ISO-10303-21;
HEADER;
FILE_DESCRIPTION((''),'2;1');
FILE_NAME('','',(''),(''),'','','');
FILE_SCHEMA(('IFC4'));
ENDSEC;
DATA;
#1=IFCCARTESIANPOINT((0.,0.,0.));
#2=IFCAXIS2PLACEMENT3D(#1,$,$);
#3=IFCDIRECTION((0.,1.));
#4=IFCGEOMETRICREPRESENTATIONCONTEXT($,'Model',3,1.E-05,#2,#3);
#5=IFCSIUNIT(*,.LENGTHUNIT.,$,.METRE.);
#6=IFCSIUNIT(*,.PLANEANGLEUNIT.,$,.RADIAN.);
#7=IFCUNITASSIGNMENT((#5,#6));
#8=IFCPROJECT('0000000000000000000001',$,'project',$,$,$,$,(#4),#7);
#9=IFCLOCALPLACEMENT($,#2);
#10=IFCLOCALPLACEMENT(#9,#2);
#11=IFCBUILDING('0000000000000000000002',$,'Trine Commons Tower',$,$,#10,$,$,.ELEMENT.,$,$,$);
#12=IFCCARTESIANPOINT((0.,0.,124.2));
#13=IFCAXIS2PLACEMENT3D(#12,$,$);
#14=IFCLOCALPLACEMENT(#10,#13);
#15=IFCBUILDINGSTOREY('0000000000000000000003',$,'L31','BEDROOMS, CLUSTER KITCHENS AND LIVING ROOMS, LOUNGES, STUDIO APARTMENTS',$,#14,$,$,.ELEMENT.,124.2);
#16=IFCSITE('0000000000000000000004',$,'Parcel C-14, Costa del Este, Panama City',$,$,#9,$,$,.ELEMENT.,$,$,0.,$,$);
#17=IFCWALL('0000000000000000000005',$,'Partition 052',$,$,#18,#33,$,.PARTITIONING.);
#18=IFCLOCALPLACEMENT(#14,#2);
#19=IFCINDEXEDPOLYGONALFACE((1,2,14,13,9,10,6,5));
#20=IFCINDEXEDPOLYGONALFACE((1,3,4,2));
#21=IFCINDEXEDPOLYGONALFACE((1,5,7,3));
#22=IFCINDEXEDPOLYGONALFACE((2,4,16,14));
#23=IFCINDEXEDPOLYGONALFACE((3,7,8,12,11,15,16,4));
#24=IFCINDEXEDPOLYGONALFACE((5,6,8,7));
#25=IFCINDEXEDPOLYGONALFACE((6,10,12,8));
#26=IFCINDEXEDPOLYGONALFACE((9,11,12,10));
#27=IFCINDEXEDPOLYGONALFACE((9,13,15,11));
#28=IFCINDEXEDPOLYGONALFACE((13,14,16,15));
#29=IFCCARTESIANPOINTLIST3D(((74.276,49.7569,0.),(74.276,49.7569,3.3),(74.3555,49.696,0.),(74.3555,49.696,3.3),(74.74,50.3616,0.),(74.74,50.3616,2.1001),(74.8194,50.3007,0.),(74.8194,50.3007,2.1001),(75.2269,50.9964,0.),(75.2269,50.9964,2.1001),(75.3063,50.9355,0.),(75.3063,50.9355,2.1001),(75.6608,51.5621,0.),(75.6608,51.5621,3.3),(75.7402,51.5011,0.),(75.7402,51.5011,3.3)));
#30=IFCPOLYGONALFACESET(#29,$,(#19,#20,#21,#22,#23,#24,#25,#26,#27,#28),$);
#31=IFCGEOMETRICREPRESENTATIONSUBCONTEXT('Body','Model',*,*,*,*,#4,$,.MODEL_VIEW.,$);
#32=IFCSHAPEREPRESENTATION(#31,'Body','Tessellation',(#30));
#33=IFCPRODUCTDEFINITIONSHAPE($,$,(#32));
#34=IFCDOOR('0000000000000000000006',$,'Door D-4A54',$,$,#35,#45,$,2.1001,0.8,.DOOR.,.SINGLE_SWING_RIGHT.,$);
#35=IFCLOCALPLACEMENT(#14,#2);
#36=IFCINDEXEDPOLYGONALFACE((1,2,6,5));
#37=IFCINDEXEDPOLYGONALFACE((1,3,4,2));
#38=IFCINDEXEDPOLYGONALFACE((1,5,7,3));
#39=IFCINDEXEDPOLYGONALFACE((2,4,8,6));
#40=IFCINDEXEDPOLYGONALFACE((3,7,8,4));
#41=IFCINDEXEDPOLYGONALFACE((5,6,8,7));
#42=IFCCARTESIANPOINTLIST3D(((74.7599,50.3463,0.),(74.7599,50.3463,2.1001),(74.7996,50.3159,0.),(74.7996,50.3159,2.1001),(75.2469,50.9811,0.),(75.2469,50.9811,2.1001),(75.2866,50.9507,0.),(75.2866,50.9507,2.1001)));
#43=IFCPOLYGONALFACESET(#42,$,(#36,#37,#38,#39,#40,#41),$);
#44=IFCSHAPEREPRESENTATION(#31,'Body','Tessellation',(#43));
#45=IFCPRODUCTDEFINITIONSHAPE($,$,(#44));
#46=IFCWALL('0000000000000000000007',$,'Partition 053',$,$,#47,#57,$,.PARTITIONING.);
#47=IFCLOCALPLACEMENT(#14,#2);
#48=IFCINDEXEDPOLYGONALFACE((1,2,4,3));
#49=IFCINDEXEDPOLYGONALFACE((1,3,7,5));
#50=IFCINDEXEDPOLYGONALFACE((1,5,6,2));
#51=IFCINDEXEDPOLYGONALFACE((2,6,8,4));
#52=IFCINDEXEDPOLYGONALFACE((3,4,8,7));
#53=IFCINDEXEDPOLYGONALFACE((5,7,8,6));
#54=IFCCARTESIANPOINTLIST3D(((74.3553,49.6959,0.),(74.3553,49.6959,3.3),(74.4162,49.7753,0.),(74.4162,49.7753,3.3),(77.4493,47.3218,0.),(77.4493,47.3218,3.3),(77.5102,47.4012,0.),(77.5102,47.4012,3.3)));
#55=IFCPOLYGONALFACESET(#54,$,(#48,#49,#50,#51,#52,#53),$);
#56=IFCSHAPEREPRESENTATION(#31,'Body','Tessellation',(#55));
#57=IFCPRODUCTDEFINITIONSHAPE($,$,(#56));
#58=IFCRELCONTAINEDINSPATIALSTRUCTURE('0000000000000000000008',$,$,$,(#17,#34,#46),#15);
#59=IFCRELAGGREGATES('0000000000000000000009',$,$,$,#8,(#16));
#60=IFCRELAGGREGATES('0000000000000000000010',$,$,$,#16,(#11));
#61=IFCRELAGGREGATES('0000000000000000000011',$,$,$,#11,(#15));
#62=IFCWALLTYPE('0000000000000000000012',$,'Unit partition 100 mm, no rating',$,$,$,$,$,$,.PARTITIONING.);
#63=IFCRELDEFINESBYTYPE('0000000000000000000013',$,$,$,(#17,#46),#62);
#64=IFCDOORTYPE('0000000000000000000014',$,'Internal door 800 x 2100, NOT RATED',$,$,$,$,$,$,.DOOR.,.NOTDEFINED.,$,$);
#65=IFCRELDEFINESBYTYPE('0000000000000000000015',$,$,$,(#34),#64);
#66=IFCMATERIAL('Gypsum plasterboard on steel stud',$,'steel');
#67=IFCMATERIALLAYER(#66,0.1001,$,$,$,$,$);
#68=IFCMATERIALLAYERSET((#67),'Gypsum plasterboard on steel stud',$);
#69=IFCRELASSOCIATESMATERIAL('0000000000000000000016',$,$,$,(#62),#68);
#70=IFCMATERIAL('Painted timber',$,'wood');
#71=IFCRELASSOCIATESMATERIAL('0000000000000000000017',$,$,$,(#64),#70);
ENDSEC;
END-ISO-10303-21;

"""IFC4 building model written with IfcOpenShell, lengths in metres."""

from ifc_helpers import new_model, si_unit, direction, frame, frame_2d, origin, place, context, subcontext, project, spatial, rectangle, extrude, material, layer, layer_set, type_object, element, fill, save


model = new_model("IFC4")

# Units and contexts
model_context = context("Model", 3, precision=1e-05, world=origin(), true_north=direction((0.0, 1.0)))
body_context = subcontext(model_context, "Body", "Model", "MODEL_VIEW")
ifc_project = project(units=[si_unit("LENGTHUNIT", "METRE"), si_unit("PLANEANGLEUNIT", "RADIAN")], contexts=[model_context])

# Site, building, storey
site_placement = place(None, origin())
site = spatial("IfcSite", under=ifc_project, at=site_placement, Name="Parcel C-14, Costa del Este, Panama City", CompositionType="ELEMENT", RefElevation=0.0)
building_placement = place(site_placement, origin())
building = spatial("IfcBuilding", under=site, at=building_placement, Name="Trine Commons Tower", CompositionType="ELEMENT")
storey_placement = place(building_placement, frame((0.0, 0.0, 124.2)))
storey = spatial("IfcBuildingStorey", under=building, at=storey_placement, Name="L31", Description="BEDROOMS, CLUSTER KITCHENS AND LIVING ROOMS, LOUNGES, STUDIO APARTMENTS", CompositionType="ELEMENT", Elevation=124.2)

# Shared definitions
ifc_material_1 = material(Name="Gypsum plasterboard on steel stud", Category="steel")

# Shared definitions
ifc_material_2 = material(Name="Painted timber", Category="wood")

# Wall, opening, door
ifc_layer_1 = layer(ifc_material_1, 0.1001)
ifc_layer_set_1 = layer_set([ifc_layer_1], Name="Gypsum plasterboard on steel stud")
wall_type_1 = type_object("IfcWallType", Name="Unit partition 100 mm, no rating", PredefinedType="PARTITIONING", material=ifc_layer_set_1)
door_type_1 = type_object("IfcDoorType", Name="Internal door 800 x 2100, NOT RATED", OperationType="NOTDEFINED", PredefinedType="DOOR", material=ifc_material_2)
wall_1_placement = place(storey_placement, frame((74.3157, 49.7263, 0.0), z_axis=(0.0, 0.0, 1.0), x_axis=(0.608652, 0.793437, 0.0)))
wall_1 = element("IfcWall", 1, at=wall_1_placement, inside=storey, type_object=wall_type_1, Name="Partition 052", PredefinedType="PARTITIONING", context=body_context, shape_type="SweptSolid", body=[
    extrude(rectangle(XDim=2.2751, YDim=0.1001, at=frame_2d((1.1377, 0.0))), origin(), (0.0, 0.0, 1.0), 3.3),
])
opening_1_placement = place(wall_1_placement, frame((0.7625, 0.0, 0.0)))
opening_1 = element("IfcOpeningElement", 2, at=opening_1_placement, cuts=wall_1, PredefinedType="OPENING", context=body_context, shape_type="SweptSolid", body=[
    extrude(rectangle(XDim=0.8, YDim=2.1001, at=frame_2d((0.3999, 1.05))), frame((0.0, 0.0601, 0.0), z_axis=(0.0, -1.0, 0.0), x_axis=(1.0, 0.0, 0.0)), (0.0, 0.0, 1.0), 0.1201),
])
door_1_placement = place(opening_1_placement, origin())
door_1 = element("IfcDoor", 3, at=door_1_placement, inside=storey, type_object=door_type_1, Name="Door D-4A54", OperationType="SINGLE_SWING_RIGHT", OverallHeight=2.1001, OverallWidth=0.8, PredefinedType="DOOR", context=body_context, shape_type="SweptSolid", body=[
    extrude(rectangle(XDim=0.8, YDim=2.1001, at=frame_2d((0.3999, 1.05))), frame((0.0, 0.0249, 0.0), z_axis=(0.0, -1.0, 0.0), x_axis=(1.0, 0.0, 0.0)), (0.0, 0.0, 1.0), 0.05),
])
fill(opening_1, door_1)

# Wall
wall_2_placement = place(storey_placement, frame((74.3857, 49.7356, 0.0), z_axis=(0.0, 0.0, 1.0), x_axis=(0.793363, -0.608748, 0.0)))
element("IfcWall", 4, at=wall_2_placement, inside=storey, type_object=wall_type_1, Name="Partition 053", PredefinedType="PARTITIONING", context=body_context, shape_type="SweptSolid", body=[
    extrude(rectangle(XDim=3.8999, YDim=0.1001, at=frame_2d((1.95, 0.0))), origin(), (0.0, 0.0, 1.0), 3.3),
])

save(model, "model.ifc")
